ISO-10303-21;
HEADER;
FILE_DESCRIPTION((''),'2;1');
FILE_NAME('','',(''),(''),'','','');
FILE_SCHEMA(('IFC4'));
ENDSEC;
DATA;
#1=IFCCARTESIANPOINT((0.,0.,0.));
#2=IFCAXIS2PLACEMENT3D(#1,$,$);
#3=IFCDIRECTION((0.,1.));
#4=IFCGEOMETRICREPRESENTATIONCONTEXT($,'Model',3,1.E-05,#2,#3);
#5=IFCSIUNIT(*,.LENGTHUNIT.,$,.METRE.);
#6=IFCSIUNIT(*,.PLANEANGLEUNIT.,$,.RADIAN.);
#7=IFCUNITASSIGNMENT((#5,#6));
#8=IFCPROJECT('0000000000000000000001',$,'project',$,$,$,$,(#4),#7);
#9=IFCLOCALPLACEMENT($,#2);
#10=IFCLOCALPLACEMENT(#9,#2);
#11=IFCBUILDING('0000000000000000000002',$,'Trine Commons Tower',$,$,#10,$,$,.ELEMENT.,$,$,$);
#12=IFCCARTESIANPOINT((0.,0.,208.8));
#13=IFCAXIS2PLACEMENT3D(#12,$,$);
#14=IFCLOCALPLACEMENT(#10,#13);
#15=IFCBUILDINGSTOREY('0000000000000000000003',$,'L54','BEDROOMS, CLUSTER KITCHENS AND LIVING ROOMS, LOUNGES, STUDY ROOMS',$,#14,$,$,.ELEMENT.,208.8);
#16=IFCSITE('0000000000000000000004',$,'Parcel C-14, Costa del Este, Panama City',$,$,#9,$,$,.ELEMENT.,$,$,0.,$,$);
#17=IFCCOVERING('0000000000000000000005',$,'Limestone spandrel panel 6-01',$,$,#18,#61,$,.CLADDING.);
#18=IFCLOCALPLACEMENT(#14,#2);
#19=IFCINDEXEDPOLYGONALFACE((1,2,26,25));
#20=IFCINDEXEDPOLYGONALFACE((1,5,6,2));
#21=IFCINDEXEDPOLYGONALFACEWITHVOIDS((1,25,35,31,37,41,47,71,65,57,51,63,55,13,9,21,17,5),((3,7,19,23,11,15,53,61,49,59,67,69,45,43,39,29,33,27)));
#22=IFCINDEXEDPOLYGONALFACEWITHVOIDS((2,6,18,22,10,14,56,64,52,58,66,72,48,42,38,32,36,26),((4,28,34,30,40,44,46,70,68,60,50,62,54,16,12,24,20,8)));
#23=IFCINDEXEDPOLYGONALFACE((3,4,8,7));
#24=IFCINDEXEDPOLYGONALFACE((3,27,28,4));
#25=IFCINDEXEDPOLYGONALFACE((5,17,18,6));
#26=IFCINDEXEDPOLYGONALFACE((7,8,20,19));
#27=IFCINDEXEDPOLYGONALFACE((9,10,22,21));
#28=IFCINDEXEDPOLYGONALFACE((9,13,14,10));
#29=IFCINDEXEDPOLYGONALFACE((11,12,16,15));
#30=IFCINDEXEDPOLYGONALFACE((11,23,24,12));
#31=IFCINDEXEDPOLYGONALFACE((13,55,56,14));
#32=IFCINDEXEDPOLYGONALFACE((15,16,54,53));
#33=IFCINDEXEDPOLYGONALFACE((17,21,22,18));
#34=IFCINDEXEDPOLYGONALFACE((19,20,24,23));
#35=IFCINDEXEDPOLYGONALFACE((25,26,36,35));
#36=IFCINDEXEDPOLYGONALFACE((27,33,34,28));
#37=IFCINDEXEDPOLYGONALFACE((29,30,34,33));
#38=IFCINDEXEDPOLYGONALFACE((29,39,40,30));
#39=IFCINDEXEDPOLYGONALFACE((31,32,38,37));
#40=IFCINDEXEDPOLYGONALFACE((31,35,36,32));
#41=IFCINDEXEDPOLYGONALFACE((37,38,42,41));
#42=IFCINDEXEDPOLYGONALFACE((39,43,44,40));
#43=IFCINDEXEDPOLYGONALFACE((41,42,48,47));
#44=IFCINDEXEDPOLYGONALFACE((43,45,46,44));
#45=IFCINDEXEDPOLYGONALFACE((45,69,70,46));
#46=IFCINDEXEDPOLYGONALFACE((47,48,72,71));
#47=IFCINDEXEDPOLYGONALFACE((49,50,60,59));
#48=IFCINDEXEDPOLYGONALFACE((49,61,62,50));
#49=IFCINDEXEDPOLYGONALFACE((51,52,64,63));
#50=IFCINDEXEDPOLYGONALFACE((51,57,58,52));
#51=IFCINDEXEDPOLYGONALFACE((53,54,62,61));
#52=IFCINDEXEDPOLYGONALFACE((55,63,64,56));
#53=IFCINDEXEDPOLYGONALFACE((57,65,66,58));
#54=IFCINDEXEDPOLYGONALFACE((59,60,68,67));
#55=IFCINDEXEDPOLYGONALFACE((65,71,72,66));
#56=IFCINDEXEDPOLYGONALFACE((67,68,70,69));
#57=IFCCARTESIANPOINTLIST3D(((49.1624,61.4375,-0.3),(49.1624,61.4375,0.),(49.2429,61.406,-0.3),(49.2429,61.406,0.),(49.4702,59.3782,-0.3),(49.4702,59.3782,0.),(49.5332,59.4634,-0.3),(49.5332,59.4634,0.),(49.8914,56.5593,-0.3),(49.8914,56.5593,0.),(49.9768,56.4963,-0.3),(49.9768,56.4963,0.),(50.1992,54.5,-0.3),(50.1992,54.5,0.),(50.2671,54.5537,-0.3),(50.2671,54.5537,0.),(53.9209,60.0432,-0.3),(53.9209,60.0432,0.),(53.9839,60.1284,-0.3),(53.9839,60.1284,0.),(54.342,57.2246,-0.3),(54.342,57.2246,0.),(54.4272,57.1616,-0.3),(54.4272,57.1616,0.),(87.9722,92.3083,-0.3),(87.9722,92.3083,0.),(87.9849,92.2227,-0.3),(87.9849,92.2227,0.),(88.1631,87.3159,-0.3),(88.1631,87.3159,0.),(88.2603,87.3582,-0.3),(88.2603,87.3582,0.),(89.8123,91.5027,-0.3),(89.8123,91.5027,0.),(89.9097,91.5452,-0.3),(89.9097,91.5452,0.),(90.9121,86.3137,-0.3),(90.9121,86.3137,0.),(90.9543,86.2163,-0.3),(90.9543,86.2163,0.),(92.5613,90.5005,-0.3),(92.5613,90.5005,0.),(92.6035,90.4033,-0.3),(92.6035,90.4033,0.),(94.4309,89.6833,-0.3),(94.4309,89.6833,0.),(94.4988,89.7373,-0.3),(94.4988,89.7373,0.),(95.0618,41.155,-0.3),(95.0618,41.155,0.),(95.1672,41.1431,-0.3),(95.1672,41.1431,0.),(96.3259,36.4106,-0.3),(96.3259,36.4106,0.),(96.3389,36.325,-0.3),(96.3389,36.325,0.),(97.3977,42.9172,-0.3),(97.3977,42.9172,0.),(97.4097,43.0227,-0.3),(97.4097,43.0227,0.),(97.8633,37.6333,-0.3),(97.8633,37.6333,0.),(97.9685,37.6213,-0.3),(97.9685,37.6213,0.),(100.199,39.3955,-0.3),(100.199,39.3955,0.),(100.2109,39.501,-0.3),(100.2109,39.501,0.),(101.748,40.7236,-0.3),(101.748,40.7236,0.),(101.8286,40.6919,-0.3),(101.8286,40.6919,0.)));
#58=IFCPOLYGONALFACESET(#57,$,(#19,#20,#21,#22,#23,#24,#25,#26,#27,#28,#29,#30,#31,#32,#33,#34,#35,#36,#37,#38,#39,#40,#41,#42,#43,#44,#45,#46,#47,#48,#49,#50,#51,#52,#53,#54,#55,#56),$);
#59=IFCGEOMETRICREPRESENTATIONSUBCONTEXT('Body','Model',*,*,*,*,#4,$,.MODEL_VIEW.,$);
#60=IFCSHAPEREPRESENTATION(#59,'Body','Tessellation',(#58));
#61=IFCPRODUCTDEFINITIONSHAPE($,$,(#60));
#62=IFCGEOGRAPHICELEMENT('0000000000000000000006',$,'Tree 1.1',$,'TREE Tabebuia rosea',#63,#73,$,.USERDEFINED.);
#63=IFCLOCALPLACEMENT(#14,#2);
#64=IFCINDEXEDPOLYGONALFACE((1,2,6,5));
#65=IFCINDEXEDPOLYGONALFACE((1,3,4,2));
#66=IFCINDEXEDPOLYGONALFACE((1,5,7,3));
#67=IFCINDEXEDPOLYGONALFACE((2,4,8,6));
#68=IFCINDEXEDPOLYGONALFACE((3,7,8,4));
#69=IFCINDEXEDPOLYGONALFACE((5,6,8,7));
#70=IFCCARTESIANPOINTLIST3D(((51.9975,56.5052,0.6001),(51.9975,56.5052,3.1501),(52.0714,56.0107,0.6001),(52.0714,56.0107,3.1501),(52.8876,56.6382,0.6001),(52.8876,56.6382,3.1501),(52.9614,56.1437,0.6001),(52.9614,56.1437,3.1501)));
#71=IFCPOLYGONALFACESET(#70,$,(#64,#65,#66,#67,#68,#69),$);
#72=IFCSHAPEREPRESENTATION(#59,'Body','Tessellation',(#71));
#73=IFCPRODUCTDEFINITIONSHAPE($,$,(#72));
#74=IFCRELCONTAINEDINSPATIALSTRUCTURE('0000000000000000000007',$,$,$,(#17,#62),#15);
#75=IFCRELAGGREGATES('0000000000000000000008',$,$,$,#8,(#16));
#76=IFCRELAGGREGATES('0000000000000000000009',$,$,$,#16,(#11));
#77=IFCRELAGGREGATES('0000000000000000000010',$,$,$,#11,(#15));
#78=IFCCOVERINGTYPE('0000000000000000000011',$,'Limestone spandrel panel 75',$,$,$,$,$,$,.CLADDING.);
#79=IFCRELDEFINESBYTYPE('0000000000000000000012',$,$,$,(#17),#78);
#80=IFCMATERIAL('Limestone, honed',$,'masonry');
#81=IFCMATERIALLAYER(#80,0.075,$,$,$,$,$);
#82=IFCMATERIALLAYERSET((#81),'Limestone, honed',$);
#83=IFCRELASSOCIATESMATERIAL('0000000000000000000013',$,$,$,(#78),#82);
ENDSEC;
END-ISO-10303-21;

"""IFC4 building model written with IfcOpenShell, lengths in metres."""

from ifc_helpers import new_model, si_unit, direction, frame, origin, origin_2d, place, context, subcontext, project, spatial, polyline, rectangle, outline, extrude, material, layer, layer_set, type_object, element, save


model = new_model("IFC4")

# Units and contexts
model_context = context("Model", 3, precision=1e-05, world=origin(), true_north=direction((0.0, 1.0)))
body_context = subcontext(model_context, "Body", "Model", "MODEL_VIEW")
ifc_project = project(units=[si_unit("LENGTHUNIT", "METRE"), si_unit("PLANEANGLEUNIT", "RADIAN")], contexts=[model_context])

# Site, building, storey
site_placement = place(None, origin())
site = spatial("IfcSite", under=ifc_project, at=site_placement, Name="Parcel C-14, Costa del Este, Panama City", CompositionType="ELEMENT", RefElevation=0.0)
building_placement = place(site_placement, origin())
building = spatial("IfcBuilding", under=site, at=building_placement, Name="Trine Commons Tower", CompositionType="ELEMENT")
storey_placement = place(building_placement, frame((0.0, 0.0, 208.8)))
storey = spatial("IfcBuildingStorey", under=building, at=storey_placement, Name="L54", Description="BEDROOMS, CLUSTER KITCHENS AND LIVING ROOMS, LOUNGES, STUDY ROOMS", CompositionType="ELEMENT", Elevation=208.8)

# Covering
ifc_material_1 = material(Name="Limestone, honed", Category="masonry")
ifc_layer_1 = layer(ifc_material_1, 0.075)
ifc_layer_set_1 = layer_set([ifc_layer_1], Name="Limestone, honed")
covering_type_1 = type_object("IfcCoveringType", Name="Limestone spandrel panel 75", PredefinedType="CLADDING", material=ifc_layer_set_1)
covering_1_placement = place(storey_placement, frame((0.0, 0.0, -0.3)))
element("IfcCovering", 1, at=covering_1_placement, inside=storey, type_object=covering_type_1, Name="Limestone spandrel panel 6-01", PredefinedType="CLADDING", context=body_context, shape_type="SweptSolid", body=[
    extrude(outline(polyline([(97.3977, 42.9172), (100.199, 39.3955), (101.8286, 40.6919), (94.4988, 89.7373), (92.5613, 90.5005), (90.9121, 86.3137), (88.2603, 87.3582), (89.9097, 91.5452), (87.9722, 92.3083), (49.1624, 61.4375), (49.4702, 59.3782), (53.9209, 60.0432), (54.342, 57.2246), (49.8914, 56.5593), (50.1992, 54.5), (96.3389, 36.325), (97.9685, 37.6213), (95.1672, 41.1431), (97.3977, 42.9172)]), holes=[polyline([(92.6035, 90.4033), (94.4309, 89.6833), (101.748, 40.7236), (100.2109, 39.501), (97.4097, 43.0227), (95.0618, 41.155), (97.8633, 37.6333), (96.3259, 36.4106), (50.2671, 54.5537), (49.9768, 56.4963), (54.4272, 57.1616), (53.9839, 60.1284), (49.5332, 59.4634), (49.2429, 61.406), (87.9849, 92.2227), (89.8123, 91.5027), (88.1631, 87.3159), (90.9543, 86.2163), (92.6035, 90.4033)])]), origin(), (0.0, 0.0, 1.0), 0.3),
])

# Geographic element
geographic_element_placement = place(storey_placement, frame((52.4795, 56.3245, 0.6001), z_axis=(0.0, 0.0, 1.0), x_axis=(0.989019, 0.14779, 0.0)))
element("IfcGeographicElement", 2, at=geographic_element_placement, inside=storey, Name="Tree 1.1", ObjectType="TREE Tabebuia rosea", PredefinedType="USERDEFINED", context=body_context, shape_type="SweptSolid", body=[
    extrude(rectangle(XDim=0.8999, YDim=0.5, at=origin_2d()), origin(), (0.0, 0.0, 1.0), 2.55),
])

save(model, "model.ifc")
